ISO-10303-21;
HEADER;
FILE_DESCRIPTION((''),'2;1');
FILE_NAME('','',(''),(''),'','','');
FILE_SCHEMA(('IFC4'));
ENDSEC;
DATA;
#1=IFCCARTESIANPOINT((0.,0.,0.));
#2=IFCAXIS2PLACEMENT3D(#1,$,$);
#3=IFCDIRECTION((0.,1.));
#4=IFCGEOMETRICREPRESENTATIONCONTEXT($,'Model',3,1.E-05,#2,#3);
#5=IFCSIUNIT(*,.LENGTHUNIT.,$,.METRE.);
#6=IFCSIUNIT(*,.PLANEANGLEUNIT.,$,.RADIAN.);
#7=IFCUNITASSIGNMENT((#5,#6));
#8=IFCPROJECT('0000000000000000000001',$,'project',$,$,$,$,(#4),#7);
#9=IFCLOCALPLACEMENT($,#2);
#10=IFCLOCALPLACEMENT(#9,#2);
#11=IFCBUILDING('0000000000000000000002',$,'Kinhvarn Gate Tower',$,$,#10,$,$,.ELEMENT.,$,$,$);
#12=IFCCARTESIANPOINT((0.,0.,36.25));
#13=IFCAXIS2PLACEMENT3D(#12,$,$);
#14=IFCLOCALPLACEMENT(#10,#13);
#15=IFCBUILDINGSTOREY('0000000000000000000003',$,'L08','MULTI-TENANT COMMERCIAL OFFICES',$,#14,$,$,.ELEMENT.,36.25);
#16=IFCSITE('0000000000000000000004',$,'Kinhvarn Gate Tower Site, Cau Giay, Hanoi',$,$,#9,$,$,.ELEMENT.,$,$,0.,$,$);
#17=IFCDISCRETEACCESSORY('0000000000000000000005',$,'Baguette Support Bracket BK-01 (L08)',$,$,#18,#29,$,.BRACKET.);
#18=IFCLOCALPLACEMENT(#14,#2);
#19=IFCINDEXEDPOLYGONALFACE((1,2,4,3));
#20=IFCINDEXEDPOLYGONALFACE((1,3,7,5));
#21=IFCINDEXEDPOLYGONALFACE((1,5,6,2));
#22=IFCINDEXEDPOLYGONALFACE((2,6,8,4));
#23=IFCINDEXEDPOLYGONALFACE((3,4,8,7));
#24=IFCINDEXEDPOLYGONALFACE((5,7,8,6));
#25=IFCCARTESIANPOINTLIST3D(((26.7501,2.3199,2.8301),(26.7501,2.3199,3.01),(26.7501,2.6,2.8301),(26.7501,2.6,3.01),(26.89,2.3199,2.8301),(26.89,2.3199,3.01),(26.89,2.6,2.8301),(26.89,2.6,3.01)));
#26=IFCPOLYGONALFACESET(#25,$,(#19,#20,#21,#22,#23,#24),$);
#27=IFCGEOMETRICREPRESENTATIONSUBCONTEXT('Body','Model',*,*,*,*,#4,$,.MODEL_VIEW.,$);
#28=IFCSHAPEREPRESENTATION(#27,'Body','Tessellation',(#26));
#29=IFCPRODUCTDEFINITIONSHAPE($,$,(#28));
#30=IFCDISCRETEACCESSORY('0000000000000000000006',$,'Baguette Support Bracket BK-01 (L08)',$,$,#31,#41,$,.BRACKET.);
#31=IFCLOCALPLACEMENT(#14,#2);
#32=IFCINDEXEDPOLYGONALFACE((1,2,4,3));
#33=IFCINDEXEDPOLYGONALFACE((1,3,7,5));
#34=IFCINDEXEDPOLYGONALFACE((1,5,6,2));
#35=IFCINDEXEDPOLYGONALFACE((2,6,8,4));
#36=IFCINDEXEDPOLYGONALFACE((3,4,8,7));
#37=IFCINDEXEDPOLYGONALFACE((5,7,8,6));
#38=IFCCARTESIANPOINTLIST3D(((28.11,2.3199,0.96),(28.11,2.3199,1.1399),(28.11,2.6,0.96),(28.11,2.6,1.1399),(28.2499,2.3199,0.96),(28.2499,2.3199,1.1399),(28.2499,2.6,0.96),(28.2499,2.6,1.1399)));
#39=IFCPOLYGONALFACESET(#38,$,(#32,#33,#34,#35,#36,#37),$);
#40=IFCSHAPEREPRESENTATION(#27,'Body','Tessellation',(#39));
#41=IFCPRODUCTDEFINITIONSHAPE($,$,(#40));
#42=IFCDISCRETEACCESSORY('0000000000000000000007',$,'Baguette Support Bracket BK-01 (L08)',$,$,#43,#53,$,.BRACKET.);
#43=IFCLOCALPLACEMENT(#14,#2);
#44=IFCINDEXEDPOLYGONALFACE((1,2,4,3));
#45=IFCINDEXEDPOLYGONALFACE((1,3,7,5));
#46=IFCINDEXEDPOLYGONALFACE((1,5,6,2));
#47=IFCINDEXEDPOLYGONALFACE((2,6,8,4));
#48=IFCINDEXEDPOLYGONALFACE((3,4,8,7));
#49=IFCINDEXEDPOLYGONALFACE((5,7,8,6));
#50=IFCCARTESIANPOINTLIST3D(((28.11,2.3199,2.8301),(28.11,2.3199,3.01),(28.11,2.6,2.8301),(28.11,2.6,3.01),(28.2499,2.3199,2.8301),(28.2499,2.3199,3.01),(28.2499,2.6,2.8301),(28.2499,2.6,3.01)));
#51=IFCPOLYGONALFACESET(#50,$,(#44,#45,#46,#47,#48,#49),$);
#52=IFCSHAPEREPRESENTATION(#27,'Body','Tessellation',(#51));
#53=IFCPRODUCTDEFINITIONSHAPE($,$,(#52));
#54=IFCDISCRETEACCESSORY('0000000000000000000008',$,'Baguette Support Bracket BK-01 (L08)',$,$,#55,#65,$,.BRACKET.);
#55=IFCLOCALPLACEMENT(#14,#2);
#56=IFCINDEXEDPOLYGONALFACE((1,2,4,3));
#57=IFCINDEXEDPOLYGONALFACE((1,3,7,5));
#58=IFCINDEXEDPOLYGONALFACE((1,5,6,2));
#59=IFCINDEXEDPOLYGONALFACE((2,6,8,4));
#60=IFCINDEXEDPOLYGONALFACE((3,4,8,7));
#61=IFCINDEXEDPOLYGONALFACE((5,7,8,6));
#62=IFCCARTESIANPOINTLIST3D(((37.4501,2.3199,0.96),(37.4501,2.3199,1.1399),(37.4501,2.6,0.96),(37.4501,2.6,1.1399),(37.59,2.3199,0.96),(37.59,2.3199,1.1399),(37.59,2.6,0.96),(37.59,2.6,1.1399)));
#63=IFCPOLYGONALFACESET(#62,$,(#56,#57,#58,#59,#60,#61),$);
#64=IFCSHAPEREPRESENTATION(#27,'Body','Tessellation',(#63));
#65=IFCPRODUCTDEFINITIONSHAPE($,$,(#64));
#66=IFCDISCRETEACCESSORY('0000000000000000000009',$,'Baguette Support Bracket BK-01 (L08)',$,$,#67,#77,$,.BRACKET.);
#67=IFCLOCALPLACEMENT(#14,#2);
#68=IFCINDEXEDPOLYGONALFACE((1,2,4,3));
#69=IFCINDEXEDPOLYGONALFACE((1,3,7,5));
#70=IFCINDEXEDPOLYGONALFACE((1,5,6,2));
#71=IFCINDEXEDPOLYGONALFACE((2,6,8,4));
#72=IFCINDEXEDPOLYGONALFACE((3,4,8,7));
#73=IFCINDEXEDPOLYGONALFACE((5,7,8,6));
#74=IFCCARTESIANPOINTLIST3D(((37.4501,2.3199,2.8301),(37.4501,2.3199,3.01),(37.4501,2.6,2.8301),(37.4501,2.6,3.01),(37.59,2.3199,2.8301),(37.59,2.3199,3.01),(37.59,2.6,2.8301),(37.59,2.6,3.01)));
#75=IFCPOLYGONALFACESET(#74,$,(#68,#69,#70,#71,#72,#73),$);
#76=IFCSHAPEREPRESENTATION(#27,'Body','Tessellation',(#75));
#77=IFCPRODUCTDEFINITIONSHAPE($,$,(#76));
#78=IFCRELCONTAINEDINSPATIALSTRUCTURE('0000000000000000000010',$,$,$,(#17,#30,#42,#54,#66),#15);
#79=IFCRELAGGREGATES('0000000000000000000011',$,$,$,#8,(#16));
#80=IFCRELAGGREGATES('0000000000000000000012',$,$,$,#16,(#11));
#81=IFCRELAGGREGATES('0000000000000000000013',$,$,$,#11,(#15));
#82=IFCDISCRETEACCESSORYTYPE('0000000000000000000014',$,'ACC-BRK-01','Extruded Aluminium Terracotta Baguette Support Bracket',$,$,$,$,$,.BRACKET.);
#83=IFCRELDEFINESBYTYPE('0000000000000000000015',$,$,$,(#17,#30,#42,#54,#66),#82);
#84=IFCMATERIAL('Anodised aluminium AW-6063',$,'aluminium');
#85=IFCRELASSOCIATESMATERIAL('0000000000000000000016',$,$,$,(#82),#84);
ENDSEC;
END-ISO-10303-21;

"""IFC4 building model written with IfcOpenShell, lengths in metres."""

from ifc_helpers import new_model, si_unit, direction, frame, origin, origin_2d, place, context, subcontext, project, spatial, rectangle, extrude, material, type_object, element, save


model = new_model("IFC4")

# Units and contexts
model_context = context("Model", 3, precision=1e-05, world=origin(), true_north=direction((0.0, 1.0)))
body_context = subcontext(model_context, "Body", "Model", "MODEL_VIEW")
ifc_project = project(units=[si_unit("LENGTHUNIT", "METRE"), si_unit("PLANEANGLEUNIT", "RADIAN")], contexts=[model_context])

# Site, building, storey
site_placement = place(None, origin())
site = spatial("IfcSite", under=ifc_project, at=site_placement, Name="Kinhvarn Gate Tower Site, Cau Giay, Hanoi", CompositionType="ELEMENT", RefElevation=0.0)
building_placement = place(site_placement, origin())
building = spatial("IfcBuilding", under=site, at=building_placement, Name="Kinhvarn Gate Tower", CompositionType="ELEMENT")
storey_placement = place(building_placement, frame((0.0, 0.0, 36.25)))
storey = spatial("IfcBuildingStorey", under=building, at=storey_placement, Name="L08", Description="MULTI-TENANT COMMERCIAL OFFICES", CompositionType="ELEMENT", Elevation=36.25)

# Shared definitions
ifc_material_1 = material(Name="Anodised aluminium AW-6063", Category="aluminium")

# Discrete accessories
discrete_accessory_type = type_object("IfcDiscreteAccessoryType", Name="ACC-BRK-01", Description="Extruded Aluminium Terracotta Baguette Support Bracket", PredefinedType="BRACKET", material=ifc_material_1)
for number, where, z_axis, x_axis, name in (
    (1, (26.8201, 2.46, 2.8301), (0.0, 0.0, 1.0), (1.0, 0.0, 0.0), "Baguette Support Bracket BK-01 (L08)"),
    (2, (28.1799, 2.46, 0.96), (0.0, 0.0, 1.0), (1.0, 0.0, 0.0), "Baguette Support Bracket BK-01 (L08)"),
    (3, (28.1799, 2.46, 2.8301), (0.0, 0.0, 1.0), (1.0, 0.0, 0.0), "Baguette Support Bracket BK-01 (L08)"),
    (4, (37.52, 2.46, 0.96), (0.0, 0.0, 1.0), (1.0, 0.0, 0.0), "Baguette Support Bracket BK-01 (L08)"),
    (5, (37.52, 2.46, 2.8301), (0.0, 0.0, 1.0), (1.0, 0.0, 0.0), "Baguette Support Bracket BK-01 (L08)"),
):
    element("IfcDiscreteAccessory", number, at=place(storey_placement, frame(where, z_axis=z_axis, x_axis=x_axis)), inside=storey, type_object=discrete_accessory_type, Name=name, PredefinedType="BRACKET", context=body_context, shape_type="SweptSolid", body=[
        extrude(rectangle(XDim=0.1399, YDim=0.28, at=origin_2d()), origin(), (0.0, 0.0, 1.0), 0.1799),
    ])

save(model, "model.ifc")
